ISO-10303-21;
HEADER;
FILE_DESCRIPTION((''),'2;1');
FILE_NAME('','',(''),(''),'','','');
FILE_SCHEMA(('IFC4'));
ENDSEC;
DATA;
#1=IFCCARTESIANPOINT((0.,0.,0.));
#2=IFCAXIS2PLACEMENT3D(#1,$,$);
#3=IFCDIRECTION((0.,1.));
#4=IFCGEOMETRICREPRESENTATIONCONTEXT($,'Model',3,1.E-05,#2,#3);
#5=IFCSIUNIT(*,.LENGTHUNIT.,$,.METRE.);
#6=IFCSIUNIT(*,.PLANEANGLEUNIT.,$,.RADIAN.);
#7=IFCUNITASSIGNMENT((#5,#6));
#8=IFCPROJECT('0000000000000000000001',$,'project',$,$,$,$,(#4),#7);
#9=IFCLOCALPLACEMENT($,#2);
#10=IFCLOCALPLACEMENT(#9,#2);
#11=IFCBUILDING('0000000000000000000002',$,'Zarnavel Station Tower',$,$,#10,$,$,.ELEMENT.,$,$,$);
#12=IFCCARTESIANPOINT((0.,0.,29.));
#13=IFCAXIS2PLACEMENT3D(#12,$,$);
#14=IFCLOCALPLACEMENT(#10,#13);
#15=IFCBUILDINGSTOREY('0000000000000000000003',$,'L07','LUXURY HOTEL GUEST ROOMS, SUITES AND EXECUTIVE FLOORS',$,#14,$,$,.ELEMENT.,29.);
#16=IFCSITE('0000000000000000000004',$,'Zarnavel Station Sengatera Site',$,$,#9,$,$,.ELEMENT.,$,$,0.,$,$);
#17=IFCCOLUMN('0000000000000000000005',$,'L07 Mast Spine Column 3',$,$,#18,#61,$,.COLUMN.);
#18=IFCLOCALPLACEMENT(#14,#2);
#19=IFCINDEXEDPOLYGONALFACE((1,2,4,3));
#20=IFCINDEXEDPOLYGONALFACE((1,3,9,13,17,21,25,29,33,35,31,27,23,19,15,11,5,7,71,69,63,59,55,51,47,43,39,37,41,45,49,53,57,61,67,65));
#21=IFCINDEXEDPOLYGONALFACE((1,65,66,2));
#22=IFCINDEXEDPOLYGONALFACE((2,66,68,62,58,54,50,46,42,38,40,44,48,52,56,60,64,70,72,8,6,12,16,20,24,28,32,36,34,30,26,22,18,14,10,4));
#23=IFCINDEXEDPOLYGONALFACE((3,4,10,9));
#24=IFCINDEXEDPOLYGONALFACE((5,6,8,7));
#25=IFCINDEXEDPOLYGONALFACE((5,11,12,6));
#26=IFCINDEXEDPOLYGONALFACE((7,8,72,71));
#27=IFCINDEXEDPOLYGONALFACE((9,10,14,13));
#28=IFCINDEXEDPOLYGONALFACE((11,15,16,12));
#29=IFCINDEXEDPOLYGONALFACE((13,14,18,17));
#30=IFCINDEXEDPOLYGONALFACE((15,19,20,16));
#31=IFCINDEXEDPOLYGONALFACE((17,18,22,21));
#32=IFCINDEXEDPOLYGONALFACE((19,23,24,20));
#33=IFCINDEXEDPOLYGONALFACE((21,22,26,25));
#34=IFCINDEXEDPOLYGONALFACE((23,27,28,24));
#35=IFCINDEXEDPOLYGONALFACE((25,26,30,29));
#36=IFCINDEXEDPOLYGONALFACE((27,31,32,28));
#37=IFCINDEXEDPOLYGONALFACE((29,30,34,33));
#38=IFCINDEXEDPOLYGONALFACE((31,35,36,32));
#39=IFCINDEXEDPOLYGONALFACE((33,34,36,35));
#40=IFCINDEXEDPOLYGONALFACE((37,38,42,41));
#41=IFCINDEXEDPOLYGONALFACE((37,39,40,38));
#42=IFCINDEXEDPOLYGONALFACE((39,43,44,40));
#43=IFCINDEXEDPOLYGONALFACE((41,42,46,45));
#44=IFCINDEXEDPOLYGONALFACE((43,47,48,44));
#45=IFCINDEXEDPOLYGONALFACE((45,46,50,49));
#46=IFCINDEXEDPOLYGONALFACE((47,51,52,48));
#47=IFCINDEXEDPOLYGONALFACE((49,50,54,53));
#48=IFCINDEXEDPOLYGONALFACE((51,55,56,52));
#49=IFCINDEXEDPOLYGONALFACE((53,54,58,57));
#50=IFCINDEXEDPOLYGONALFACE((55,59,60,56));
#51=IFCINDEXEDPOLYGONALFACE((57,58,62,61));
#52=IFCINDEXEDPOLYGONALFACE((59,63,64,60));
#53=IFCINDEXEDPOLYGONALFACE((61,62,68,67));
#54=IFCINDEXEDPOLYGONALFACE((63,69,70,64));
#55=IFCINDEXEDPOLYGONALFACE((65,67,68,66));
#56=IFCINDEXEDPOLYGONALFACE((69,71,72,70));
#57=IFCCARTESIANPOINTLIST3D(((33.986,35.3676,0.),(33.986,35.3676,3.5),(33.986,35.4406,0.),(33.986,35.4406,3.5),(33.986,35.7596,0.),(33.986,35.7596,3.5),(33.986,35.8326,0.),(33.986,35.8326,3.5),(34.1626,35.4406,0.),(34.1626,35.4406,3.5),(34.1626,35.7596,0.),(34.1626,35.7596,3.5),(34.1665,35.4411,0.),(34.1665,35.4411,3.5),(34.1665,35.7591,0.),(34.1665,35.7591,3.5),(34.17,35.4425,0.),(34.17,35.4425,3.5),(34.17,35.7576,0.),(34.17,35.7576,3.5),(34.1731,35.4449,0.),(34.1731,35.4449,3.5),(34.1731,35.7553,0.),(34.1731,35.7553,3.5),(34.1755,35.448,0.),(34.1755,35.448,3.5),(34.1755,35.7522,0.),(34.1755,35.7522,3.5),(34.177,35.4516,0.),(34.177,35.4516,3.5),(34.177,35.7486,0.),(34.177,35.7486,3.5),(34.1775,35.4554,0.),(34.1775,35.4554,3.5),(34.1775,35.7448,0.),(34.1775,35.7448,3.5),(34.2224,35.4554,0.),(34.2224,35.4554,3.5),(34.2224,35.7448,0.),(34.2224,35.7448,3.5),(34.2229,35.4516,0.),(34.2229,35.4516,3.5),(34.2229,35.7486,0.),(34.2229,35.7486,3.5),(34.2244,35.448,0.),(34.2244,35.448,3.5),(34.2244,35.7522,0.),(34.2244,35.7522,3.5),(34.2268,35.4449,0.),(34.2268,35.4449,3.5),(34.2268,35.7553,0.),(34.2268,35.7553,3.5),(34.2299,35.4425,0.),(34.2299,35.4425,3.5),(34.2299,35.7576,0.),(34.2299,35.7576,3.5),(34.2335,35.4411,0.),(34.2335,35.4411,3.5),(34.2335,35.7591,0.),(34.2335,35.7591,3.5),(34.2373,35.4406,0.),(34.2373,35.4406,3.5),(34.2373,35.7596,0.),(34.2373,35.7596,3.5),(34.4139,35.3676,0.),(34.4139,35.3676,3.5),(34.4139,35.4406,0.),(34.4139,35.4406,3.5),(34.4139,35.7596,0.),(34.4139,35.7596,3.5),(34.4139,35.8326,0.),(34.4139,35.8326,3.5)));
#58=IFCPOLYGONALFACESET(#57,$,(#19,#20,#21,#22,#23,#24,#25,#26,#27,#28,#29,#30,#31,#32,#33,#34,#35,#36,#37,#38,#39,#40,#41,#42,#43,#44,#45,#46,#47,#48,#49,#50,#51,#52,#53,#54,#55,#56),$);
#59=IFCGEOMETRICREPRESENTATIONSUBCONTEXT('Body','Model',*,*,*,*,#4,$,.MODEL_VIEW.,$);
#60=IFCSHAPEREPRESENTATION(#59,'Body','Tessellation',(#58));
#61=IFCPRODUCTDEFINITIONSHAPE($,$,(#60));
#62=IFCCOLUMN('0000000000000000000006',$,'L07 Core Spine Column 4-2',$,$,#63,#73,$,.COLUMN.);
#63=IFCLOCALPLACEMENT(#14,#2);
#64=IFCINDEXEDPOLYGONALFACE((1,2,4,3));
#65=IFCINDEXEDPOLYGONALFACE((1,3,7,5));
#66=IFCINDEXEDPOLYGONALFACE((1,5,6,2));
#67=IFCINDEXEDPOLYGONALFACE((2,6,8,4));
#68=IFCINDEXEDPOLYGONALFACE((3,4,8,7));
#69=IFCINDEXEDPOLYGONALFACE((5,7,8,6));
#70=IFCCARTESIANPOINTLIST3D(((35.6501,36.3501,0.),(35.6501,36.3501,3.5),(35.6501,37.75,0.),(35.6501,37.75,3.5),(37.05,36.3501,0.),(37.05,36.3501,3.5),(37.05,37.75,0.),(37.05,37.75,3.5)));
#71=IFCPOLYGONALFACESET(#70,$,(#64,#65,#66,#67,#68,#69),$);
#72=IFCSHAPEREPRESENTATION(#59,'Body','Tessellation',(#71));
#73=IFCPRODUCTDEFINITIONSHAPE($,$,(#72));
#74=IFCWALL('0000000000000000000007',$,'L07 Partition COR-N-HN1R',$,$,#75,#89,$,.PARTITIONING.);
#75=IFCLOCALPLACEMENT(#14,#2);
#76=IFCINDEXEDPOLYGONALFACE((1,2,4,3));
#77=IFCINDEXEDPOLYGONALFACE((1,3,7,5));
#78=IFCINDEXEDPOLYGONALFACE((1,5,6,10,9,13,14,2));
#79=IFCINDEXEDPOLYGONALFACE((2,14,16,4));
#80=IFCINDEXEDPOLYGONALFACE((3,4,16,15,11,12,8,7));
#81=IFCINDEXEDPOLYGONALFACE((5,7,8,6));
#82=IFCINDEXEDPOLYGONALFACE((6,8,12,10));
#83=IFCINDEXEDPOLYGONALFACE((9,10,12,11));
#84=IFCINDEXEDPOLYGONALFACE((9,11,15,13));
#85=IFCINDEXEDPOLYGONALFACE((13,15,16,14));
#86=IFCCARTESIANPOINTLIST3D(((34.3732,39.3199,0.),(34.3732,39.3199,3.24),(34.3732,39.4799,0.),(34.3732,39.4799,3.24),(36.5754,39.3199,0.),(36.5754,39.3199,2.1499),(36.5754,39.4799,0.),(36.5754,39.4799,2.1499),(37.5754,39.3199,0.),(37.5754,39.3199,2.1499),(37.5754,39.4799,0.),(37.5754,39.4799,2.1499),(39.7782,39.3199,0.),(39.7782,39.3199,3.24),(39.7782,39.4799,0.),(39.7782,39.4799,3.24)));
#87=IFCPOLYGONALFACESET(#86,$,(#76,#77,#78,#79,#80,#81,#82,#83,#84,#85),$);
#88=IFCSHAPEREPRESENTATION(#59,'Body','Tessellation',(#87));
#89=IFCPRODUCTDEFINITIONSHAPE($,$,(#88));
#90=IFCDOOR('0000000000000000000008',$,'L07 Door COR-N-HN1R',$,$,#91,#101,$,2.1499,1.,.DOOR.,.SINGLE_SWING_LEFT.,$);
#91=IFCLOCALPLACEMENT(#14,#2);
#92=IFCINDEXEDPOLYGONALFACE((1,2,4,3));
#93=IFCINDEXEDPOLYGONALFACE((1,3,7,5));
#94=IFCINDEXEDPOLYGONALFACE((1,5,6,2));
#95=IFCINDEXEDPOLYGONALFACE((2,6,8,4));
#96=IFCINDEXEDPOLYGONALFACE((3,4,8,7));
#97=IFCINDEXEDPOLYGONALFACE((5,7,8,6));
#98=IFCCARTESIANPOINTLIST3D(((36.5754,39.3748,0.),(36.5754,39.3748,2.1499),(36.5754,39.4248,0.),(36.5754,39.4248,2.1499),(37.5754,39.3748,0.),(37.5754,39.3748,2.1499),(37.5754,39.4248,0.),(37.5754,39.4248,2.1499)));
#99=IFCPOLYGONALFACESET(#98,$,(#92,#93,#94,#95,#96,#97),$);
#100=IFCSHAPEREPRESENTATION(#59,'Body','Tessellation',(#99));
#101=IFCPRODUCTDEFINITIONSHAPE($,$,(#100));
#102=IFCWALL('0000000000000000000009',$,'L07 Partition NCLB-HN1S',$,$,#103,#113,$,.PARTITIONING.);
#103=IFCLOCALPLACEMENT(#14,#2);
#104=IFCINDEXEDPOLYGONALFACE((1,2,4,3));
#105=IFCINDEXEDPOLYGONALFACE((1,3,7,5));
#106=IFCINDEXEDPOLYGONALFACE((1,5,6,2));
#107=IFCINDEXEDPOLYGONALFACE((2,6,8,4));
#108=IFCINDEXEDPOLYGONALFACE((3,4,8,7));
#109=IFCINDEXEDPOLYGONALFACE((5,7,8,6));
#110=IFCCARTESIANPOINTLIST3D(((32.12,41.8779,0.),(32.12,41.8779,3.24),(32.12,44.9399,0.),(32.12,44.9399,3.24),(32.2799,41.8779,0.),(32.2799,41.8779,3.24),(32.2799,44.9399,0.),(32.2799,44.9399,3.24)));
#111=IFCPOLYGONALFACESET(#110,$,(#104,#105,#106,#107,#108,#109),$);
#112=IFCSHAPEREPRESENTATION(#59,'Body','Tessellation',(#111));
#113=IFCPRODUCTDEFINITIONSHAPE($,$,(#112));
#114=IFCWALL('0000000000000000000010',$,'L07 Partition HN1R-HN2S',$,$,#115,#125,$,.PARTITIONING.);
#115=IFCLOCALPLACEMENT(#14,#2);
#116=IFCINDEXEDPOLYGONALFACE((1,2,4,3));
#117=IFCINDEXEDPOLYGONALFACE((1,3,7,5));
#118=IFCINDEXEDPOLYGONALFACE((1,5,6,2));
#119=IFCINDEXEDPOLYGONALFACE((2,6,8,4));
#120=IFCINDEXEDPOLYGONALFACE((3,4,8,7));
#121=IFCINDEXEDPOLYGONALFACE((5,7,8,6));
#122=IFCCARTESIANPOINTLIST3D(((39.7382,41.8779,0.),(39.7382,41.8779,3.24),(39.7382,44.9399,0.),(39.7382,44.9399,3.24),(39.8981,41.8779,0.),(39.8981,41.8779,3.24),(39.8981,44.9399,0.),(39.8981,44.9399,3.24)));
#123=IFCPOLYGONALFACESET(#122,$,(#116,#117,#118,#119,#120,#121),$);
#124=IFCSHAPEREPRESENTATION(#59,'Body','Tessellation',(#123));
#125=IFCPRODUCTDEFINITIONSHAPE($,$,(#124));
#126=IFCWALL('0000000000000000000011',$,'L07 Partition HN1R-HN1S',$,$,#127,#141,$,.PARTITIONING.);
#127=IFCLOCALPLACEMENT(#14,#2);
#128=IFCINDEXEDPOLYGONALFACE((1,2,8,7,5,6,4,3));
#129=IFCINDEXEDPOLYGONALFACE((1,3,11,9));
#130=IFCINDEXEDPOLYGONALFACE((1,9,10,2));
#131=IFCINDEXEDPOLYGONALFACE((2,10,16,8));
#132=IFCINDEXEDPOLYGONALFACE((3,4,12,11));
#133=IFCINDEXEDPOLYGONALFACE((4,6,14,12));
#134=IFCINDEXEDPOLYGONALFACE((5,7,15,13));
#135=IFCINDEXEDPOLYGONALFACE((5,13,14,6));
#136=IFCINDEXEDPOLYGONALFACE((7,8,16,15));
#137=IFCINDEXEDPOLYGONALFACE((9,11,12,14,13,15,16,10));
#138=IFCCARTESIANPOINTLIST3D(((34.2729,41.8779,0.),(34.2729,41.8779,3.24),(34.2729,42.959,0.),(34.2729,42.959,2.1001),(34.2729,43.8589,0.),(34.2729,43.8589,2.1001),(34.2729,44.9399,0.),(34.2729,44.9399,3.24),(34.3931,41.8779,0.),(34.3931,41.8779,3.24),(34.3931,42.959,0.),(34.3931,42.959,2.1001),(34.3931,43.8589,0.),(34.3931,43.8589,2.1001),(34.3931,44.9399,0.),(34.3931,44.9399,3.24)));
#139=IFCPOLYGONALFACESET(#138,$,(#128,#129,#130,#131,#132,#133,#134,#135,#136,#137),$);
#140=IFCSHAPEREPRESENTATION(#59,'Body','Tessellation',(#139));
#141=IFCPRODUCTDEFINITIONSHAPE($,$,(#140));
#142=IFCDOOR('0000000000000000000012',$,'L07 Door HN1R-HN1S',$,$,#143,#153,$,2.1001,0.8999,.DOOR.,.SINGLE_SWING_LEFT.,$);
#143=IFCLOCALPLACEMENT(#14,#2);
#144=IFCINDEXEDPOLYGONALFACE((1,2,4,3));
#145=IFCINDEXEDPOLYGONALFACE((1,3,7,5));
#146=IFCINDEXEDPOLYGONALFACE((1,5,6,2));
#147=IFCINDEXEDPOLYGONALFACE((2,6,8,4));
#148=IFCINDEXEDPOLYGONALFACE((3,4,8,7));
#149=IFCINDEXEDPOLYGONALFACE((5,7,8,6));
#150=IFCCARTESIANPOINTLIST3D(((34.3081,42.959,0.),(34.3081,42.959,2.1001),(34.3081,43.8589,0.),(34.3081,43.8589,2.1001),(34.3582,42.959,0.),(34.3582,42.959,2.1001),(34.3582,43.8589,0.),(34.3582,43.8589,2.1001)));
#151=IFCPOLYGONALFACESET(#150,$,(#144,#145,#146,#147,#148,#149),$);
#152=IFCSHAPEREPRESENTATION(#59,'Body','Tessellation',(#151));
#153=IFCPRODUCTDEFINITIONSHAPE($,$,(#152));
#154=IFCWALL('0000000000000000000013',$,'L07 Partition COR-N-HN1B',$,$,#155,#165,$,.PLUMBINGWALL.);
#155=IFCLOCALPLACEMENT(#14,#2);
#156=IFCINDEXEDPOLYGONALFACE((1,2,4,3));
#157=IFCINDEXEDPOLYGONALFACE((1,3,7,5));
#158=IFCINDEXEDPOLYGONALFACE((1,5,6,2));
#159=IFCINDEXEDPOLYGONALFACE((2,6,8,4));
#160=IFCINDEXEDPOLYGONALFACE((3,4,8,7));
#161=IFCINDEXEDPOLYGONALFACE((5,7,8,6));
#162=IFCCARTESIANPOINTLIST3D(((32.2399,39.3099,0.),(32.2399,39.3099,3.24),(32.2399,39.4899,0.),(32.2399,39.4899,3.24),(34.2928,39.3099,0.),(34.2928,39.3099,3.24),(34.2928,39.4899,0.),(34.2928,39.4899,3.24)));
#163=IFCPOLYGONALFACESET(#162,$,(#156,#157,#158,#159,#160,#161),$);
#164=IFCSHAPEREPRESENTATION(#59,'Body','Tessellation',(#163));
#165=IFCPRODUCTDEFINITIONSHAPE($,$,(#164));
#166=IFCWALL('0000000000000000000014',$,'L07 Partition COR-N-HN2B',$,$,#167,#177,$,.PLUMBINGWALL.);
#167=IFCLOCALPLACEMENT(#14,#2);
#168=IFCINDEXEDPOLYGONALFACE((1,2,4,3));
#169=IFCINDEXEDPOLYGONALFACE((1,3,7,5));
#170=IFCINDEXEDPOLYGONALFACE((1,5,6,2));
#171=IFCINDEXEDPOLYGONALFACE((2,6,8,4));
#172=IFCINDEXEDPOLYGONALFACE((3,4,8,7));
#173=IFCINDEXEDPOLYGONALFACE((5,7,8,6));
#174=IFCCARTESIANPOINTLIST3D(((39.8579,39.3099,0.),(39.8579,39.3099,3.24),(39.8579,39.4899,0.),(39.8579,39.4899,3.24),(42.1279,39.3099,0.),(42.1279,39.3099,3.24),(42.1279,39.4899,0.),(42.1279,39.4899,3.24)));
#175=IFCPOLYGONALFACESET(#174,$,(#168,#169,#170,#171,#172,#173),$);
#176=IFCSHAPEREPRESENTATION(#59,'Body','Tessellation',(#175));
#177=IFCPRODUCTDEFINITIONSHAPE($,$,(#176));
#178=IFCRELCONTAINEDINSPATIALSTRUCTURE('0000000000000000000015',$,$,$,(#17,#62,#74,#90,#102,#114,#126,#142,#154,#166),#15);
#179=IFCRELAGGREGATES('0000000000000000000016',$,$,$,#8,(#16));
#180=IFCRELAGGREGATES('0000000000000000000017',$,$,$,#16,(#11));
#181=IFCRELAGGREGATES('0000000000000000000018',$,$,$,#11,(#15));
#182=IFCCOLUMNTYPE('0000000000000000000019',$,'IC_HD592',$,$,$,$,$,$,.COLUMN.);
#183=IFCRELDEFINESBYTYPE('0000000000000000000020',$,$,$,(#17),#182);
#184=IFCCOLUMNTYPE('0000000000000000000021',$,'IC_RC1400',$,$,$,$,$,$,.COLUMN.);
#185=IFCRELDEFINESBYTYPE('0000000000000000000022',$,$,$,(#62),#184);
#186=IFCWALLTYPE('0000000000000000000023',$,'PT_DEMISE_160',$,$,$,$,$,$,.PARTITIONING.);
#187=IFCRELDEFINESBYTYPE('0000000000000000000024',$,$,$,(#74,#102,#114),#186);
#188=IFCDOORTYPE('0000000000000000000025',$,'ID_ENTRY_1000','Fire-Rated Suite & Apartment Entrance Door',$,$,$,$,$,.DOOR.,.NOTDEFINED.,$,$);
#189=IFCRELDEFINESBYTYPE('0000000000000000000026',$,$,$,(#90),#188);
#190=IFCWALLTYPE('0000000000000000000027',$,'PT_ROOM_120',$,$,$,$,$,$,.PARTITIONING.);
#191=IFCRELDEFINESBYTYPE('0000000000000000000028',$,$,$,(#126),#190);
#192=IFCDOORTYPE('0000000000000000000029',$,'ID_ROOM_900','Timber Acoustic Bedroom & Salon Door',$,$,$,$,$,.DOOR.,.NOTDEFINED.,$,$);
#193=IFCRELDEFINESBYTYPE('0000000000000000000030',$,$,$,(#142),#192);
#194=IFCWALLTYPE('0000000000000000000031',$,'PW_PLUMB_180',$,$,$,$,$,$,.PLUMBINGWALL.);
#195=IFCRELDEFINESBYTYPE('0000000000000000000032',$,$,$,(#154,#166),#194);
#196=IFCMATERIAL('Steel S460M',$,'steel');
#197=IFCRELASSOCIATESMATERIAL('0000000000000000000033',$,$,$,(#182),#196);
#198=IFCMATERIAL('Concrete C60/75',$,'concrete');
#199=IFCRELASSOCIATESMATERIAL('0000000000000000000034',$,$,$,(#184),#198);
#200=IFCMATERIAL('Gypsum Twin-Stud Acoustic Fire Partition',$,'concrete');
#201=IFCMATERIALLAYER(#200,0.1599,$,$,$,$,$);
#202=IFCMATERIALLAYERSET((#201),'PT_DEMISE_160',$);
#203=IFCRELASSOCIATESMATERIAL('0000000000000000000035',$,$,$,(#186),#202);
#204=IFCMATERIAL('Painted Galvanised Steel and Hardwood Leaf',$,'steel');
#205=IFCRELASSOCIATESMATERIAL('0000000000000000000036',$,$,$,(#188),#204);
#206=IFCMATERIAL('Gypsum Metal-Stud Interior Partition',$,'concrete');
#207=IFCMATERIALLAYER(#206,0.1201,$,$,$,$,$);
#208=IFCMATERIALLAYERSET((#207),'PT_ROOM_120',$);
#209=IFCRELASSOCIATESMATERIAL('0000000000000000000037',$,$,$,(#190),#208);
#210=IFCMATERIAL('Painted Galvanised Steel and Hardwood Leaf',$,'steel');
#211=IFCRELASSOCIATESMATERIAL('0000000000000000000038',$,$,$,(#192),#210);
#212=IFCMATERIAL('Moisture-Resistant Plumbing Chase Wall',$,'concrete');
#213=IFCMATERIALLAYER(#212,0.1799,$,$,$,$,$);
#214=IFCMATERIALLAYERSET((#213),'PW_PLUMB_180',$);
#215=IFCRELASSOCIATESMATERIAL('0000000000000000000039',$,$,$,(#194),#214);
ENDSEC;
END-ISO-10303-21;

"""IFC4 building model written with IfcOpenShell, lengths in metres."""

from ifc_helpers import new_model, si_unit, direction, frame, frame_2d, origin, origin_2d, place, context, subcontext, project, spatial, rectangle, i_section, extrude, material, layer, layer_set, material_profile, profile_set, type_object, element, fill, save


model = new_model("IFC4")

# Units and contexts
model_context = context("Model", 3, precision=1e-05, world=origin(), true_north=direction((0.0, 1.0)))
body_context = subcontext(model_context, "Body", "Model", "MODEL_VIEW")
ifc_project = project(units=[si_unit("LENGTHUNIT", "METRE"), si_unit("PLANEANGLEUNIT", "RADIAN")], contexts=[model_context])

# Site, building, storey
site_placement = place(None, origin())
site = spatial("IfcSite", under=ifc_project, at=site_placement, Name="Zarnavel Station Sengatera Site", CompositionType="ELEMENT", RefElevation=0.0)
building_placement = place(site_placement, origin())
building = spatial("IfcBuilding", under=site, at=building_placement, Name="Zarnavel Station Tower", CompositionType="ELEMENT")
storey_placement = place(building_placement, frame((0.0, 0.0, 29.0)))
storey = spatial("IfcBuildingStorey", under=building, at=storey_placement, Name="L07", Description="LUXURY HOTEL GUEST ROOMS, SUITES AND EXECUTIVE FLOORS", CompositionType="ELEMENT", Elevation=29.0)

# Columns
ifc_material_1 = material(Name="Steel S460M", Category="steel")
ifc_material_profile_1 = material_profile(ifc_material_1, i_section(OverallWidth=0.428, OverallDepth=0.4651, WebThickness=0.0449, FlangeThickness=0.073, FilletRadius=0.0149, at=origin_2d()), Name="HD400x592")
ifc_profile_set_1 = profile_set([ifc_material_profile_1], Name="Steel S460M")
column_type_1 = type_object("IfcColumnType", Name="IC_HD592", PredefinedType="COLUMN", material=ifc_profile_set_1)
column_1_placement = place(storey_placement, frame((34.2, 35.6001, 0.0), z_axis=(0.0, 0.0, 1.0), x_axis=(1.0, 0.0, 0.0)))
element("IfcColumn", 1, at=column_1_placement, inside=storey, type_object=column_type_1, Name="L07 Mast Spine Column 3", PredefinedType="COLUMN", context=body_context, shape_type="SweptSolid", body=[
    extrude(i_section(OverallWidth=0.428, OverallDepth=0.4651, WebThickness=0.0449, FlangeThickness=0.073, FilletRadius=0.0149, at=origin_2d()), origin(), (0.0, 0.0, 1.0), 3.5),
])
ifc_material_2 = material(Name="Concrete C60/75", Category="concrete")
ifc_material_profile_2 = material_profile(ifc_material_2, rectangle(XDim=1.3999, YDim=1.3999, at=origin_2d()), Name="RC1400x1400")
ifc_profile_set_2 = profile_set([ifc_material_profile_2], Name="Concrete C60/75")
column_type_2 = type_object("IfcColumnType", Name="IC_RC1400", PredefinedType="COLUMN", material=ifc_profile_set_2)
column_2_placement = place(storey_placement, frame((36.3501, 37.05, 0.0), z_axis=(0.0, 0.0, 1.0), x_axis=(1.0, 0.0, 0.0)))
element("IfcColumn", 2, at=column_2_placement, inside=storey, type_object=column_type_2, Name="L07 Core Spine Column 4-2", PredefinedType="COLUMN", context=body_context, shape_type="SweptSolid", body=[
    extrude(rectangle(XDim=1.3999, YDim=1.3999, at=origin_2d()), origin(), (0.0, 0.0, 1.0), 3.5),
])

# Wall, opening, door
ifc_material_3 = material(Name="Gypsum Twin-Stud Acoustic Fire Partition", Category="concrete")
ifc_layer_1 = layer(ifc_material_3, 0.1599)
ifc_layer_set_1 = layer_set([ifc_layer_1], Name="PT_DEMISE_160")
wall_type_1 = type_object("IfcWallType", Name="PT_DEMISE_160", PredefinedType="PARTITIONING", material=ifc_layer_set_1)
wall_1_placement = place(storey_placement, frame((34.373, 39.3999, 0.0), z_axis=(0.0, 0.0, 1.0), x_axis=(1.0, 0.0, 0.0)))
wall_1 = element("IfcWall", 3, at=wall_1_placement, inside=storey, type_object=wall_type_1, Name="L07 Partition COR-N-HN1R", PredefinedType="PARTITIONING", context=body_context, shape_type="SweptSolid", body=[
    extrude(rectangle(XDim=5.405, YDim=0.1599, at=frame_2d((2.7026, 0.0))), origin(), (0.0, 0.0, 1.0), 3.24),
])
opening_1_placement = place(wall_1_placement, frame((2.2024, 0.0, 0.0)))
opening_1 = element("IfcOpeningElement", 4, at=opening_1_placement, cuts=wall_1, PredefinedType="OPENING", context=body_context, shape_type="SweptSolid", body=[
    extrude(rectangle(XDim=1.0, YDim=2.1499, at=frame_2d((0.5, 1.075))), frame((0.0, 0.0898, 0.0), z_axis=(0.0, -1.0, 0.0), x_axis=(1.0, 0.0, 0.0)), (0.0, 0.0, 1.0), 0.1799),
])
ifc_material_4 = material(Name="Painted Galvanised Steel and Hardwood Leaf", Category="steel")
door_type_1 = type_object("IfcDoorType", Name="ID_ENTRY_1000", Description="Fire-Rated Suite & Apartment Entrance Door", OperationType="NOTDEFINED", PredefinedType="DOOR", material=ifc_material_4)
door_1_placement = place(opening_1_placement, origin())
door_1 = element("IfcDoor", 5, at=door_1_placement, inside=storey, type_object=door_type_1, Name="L07 Door COR-N-HN1R", OperationType="SINGLE_SWING_LEFT", OverallHeight=2.1499, OverallWidth=1.0, PredefinedType="DOOR", context=body_context, shape_type="SweptSolid", body=[
    extrude(rectangle(XDim=1.0, YDim=2.1499, at=frame_2d((0.5, 1.075))), frame((0.0, 0.0249, 0.0), z_axis=(0.0, -1.0, 0.0), x_axis=(1.0, 0.0, 0.0)), (0.0, 0.0, 1.0), 0.05),
])
fill(opening_1, door_1)

# Walls
for number, where, z_axis, x_axis, name in (
    (6, (32.2, 41.8779, 0.0), (0.0, 0.0, 1.0), (0.0, 1.0, 0.0), "L07 Partition NCLB-HN1S"),
    (7, (39.8181, 41.8779, 0.0), (0.0, 0.0, 1.0), (0.0, 1.0, 0.0), "L07 Partition HN1R-HN2S"),
):
    element("IfcWall", number, at=place(storey_placement, frame(where, z_axis=z_axis, x_axis=x_axis)), inside=storey, type_object=wall_type_1, Name=name, PredefinedType="PARTITIONING", context=body_context, shape_type="SweptSolid", body=[
        extrude(rectangle(XDim=3.062, YDim=0.1599, at=frame_2d((1.531, 0.0))), origin(), (0.0, 0.0, 1.0), 3.24),
    ])

# Wall, opening, door
ifc_material_5 = material(Name="Gypsum Metal-Stud Interior Partition", Category="concrete")
ifc_layer_2 = layer(ifc_material_5, 0.1201)
ifc_layer_set_2 = layer_set([ifc_layer_2], Name="PT_ROOM_120")
wall_type_2 = type_object("IfcWallType", Name="PT_ROOM_120", PredefinedType="PARTITIONING", material=ifc_layer_set_2)
wall_2_placement = place(storey_placement, frame((34.333, 41.8779, 0.0), z_axis=(0.0, 0.0, 1.0), x_axis=(0.0, 1.0, 0.0)))
wall_2 = element("IfcWall", 8, at=wall_2_placement, inside=storey, type_object=wall_type_2, Name="L07 Partition HN1R-HN1S", PredefinedType="PARTITIONING", context=body_context, shape_type="SweptSolid", body=[
    extrude(rectangle(XDim=3.062, YDim=0.1201, at=frame_2d((1.531, 0.0))), origin(), (0.0, 0.0, 1.0), 3.24),
])
opening_2_placement = place(wall_2_placement, frame((1.0811, 0.0, 0.0)))
opening_2 = element("IfcOpeningElement", 9, at=opening_2_placement, cuts=wall_2, PredefinedType="OPENING", context=body_context, shape_type="SweptSolid", body=[
    extrude(rectangle(XDim=0.8999, YDim=2.1001, at=frame_2d((0.45, 1.05))), frame((0.0, 0.0701, 0.0), z_axis=(0.0, -1.0, 0.0), x_axis=(1.0, 0.0, 0.0)), (0.0, 0.0, 1.0), 0.1401),
])
ifc_material_6 = material(Name="Painted Galvanised Steel and Hardwood Leaf", Category="steel")
door_type_2 = type_object("IfcDoorType", Name="ID_ROOM_900", Description="Timber Acoustic Bedroom & Salon Door", OperationType="NOTDEFINED", PredefinedType="DOOR", material=ifc_material_6)
door_2_placement = place(opening_2_placement, origin())
door_2 = element("IfcDoor", 10, at=door_2_placement, inside=storey, type_object=door_type_2, Name="L07 Door HN1R-HN1S", OperationType="SINGLE_SWING_LEFT", OverallHeight=2.1001, OverallWidth=0.8999, PredefinedType="DOOR", context=body_context, shape_type="SweptSolid", body=[
    extrude(rectangle(XDim=0.8999, YDim=2.1001, at=frame_2d((0.45, 1.05))), frame((0.0, 0.0249, 0.0), z_axis=(0.0, -1.0, 0.0), x_axis=(1.0, 0.0, 0.0)), (0.0, 0.0, 1.0), 0.05),
])
fill(opening_2, door_2)

# Walls
ifc_material_7 = material(Name="Moisture-Resistant Plumbing Chase Wall", Category="concrete")
ifc_layer_3 = layer(ifc_material_7, 0.1799)
ifc_layer_set_3 = layer_set([ifc_layer_3], Name="PW_PLUMB_180")
wall_type_3 = type_object("IfcWallType", Name="PW_PLUMB_180", PredefinedType="PLUMBINGWALL", material=ifc_layer_set_3)
wall_3_placement = place(storey_placement, frame((32.24, 39.3999, 0.0), z_axis=(0.0, 0.0, 1.0), x_axis=(1.0, 0.0, 0.0)))
element("IfcWall", 11, at=wall_3_placement, inside=storey, type_object=wall_type_3, Name="L07 Partition COR-N-HN1B", PredefinedType="PLUMBINGWALL", context=body_context, shape_type="SweptSolid", body=[
    extrude(rectangle(XDim=2.053, YDim=0.1799, at=frame_2d((1.0264, 0.0))), origin(), (0.0, 0.0, 1.0), 3.24),
])
wall_4_placement = place(storey_placement, frame((39.8579, 39.3999, 0.0), z_axis=(0.0, 0.0, 1.0), x_axis=(1.0, 0.0, 0.0)))
element("IfcWall", 12, at=wall_4_placement, inside=storey, type_object=wall_type_3, Name="L07 Partition COR-N-HN2B", PredefinedType="PLUMBINGWALL", context=body_context, shape_type="SweptSolid", body=[
    extrude(rectangle(XDim=2.27, YDim=0.1799, at=frame_2d((1.135, 0.0))), origin(), (0.0, 0.0, 1.0), 3.24),
])

save(model, "model.ifc")
